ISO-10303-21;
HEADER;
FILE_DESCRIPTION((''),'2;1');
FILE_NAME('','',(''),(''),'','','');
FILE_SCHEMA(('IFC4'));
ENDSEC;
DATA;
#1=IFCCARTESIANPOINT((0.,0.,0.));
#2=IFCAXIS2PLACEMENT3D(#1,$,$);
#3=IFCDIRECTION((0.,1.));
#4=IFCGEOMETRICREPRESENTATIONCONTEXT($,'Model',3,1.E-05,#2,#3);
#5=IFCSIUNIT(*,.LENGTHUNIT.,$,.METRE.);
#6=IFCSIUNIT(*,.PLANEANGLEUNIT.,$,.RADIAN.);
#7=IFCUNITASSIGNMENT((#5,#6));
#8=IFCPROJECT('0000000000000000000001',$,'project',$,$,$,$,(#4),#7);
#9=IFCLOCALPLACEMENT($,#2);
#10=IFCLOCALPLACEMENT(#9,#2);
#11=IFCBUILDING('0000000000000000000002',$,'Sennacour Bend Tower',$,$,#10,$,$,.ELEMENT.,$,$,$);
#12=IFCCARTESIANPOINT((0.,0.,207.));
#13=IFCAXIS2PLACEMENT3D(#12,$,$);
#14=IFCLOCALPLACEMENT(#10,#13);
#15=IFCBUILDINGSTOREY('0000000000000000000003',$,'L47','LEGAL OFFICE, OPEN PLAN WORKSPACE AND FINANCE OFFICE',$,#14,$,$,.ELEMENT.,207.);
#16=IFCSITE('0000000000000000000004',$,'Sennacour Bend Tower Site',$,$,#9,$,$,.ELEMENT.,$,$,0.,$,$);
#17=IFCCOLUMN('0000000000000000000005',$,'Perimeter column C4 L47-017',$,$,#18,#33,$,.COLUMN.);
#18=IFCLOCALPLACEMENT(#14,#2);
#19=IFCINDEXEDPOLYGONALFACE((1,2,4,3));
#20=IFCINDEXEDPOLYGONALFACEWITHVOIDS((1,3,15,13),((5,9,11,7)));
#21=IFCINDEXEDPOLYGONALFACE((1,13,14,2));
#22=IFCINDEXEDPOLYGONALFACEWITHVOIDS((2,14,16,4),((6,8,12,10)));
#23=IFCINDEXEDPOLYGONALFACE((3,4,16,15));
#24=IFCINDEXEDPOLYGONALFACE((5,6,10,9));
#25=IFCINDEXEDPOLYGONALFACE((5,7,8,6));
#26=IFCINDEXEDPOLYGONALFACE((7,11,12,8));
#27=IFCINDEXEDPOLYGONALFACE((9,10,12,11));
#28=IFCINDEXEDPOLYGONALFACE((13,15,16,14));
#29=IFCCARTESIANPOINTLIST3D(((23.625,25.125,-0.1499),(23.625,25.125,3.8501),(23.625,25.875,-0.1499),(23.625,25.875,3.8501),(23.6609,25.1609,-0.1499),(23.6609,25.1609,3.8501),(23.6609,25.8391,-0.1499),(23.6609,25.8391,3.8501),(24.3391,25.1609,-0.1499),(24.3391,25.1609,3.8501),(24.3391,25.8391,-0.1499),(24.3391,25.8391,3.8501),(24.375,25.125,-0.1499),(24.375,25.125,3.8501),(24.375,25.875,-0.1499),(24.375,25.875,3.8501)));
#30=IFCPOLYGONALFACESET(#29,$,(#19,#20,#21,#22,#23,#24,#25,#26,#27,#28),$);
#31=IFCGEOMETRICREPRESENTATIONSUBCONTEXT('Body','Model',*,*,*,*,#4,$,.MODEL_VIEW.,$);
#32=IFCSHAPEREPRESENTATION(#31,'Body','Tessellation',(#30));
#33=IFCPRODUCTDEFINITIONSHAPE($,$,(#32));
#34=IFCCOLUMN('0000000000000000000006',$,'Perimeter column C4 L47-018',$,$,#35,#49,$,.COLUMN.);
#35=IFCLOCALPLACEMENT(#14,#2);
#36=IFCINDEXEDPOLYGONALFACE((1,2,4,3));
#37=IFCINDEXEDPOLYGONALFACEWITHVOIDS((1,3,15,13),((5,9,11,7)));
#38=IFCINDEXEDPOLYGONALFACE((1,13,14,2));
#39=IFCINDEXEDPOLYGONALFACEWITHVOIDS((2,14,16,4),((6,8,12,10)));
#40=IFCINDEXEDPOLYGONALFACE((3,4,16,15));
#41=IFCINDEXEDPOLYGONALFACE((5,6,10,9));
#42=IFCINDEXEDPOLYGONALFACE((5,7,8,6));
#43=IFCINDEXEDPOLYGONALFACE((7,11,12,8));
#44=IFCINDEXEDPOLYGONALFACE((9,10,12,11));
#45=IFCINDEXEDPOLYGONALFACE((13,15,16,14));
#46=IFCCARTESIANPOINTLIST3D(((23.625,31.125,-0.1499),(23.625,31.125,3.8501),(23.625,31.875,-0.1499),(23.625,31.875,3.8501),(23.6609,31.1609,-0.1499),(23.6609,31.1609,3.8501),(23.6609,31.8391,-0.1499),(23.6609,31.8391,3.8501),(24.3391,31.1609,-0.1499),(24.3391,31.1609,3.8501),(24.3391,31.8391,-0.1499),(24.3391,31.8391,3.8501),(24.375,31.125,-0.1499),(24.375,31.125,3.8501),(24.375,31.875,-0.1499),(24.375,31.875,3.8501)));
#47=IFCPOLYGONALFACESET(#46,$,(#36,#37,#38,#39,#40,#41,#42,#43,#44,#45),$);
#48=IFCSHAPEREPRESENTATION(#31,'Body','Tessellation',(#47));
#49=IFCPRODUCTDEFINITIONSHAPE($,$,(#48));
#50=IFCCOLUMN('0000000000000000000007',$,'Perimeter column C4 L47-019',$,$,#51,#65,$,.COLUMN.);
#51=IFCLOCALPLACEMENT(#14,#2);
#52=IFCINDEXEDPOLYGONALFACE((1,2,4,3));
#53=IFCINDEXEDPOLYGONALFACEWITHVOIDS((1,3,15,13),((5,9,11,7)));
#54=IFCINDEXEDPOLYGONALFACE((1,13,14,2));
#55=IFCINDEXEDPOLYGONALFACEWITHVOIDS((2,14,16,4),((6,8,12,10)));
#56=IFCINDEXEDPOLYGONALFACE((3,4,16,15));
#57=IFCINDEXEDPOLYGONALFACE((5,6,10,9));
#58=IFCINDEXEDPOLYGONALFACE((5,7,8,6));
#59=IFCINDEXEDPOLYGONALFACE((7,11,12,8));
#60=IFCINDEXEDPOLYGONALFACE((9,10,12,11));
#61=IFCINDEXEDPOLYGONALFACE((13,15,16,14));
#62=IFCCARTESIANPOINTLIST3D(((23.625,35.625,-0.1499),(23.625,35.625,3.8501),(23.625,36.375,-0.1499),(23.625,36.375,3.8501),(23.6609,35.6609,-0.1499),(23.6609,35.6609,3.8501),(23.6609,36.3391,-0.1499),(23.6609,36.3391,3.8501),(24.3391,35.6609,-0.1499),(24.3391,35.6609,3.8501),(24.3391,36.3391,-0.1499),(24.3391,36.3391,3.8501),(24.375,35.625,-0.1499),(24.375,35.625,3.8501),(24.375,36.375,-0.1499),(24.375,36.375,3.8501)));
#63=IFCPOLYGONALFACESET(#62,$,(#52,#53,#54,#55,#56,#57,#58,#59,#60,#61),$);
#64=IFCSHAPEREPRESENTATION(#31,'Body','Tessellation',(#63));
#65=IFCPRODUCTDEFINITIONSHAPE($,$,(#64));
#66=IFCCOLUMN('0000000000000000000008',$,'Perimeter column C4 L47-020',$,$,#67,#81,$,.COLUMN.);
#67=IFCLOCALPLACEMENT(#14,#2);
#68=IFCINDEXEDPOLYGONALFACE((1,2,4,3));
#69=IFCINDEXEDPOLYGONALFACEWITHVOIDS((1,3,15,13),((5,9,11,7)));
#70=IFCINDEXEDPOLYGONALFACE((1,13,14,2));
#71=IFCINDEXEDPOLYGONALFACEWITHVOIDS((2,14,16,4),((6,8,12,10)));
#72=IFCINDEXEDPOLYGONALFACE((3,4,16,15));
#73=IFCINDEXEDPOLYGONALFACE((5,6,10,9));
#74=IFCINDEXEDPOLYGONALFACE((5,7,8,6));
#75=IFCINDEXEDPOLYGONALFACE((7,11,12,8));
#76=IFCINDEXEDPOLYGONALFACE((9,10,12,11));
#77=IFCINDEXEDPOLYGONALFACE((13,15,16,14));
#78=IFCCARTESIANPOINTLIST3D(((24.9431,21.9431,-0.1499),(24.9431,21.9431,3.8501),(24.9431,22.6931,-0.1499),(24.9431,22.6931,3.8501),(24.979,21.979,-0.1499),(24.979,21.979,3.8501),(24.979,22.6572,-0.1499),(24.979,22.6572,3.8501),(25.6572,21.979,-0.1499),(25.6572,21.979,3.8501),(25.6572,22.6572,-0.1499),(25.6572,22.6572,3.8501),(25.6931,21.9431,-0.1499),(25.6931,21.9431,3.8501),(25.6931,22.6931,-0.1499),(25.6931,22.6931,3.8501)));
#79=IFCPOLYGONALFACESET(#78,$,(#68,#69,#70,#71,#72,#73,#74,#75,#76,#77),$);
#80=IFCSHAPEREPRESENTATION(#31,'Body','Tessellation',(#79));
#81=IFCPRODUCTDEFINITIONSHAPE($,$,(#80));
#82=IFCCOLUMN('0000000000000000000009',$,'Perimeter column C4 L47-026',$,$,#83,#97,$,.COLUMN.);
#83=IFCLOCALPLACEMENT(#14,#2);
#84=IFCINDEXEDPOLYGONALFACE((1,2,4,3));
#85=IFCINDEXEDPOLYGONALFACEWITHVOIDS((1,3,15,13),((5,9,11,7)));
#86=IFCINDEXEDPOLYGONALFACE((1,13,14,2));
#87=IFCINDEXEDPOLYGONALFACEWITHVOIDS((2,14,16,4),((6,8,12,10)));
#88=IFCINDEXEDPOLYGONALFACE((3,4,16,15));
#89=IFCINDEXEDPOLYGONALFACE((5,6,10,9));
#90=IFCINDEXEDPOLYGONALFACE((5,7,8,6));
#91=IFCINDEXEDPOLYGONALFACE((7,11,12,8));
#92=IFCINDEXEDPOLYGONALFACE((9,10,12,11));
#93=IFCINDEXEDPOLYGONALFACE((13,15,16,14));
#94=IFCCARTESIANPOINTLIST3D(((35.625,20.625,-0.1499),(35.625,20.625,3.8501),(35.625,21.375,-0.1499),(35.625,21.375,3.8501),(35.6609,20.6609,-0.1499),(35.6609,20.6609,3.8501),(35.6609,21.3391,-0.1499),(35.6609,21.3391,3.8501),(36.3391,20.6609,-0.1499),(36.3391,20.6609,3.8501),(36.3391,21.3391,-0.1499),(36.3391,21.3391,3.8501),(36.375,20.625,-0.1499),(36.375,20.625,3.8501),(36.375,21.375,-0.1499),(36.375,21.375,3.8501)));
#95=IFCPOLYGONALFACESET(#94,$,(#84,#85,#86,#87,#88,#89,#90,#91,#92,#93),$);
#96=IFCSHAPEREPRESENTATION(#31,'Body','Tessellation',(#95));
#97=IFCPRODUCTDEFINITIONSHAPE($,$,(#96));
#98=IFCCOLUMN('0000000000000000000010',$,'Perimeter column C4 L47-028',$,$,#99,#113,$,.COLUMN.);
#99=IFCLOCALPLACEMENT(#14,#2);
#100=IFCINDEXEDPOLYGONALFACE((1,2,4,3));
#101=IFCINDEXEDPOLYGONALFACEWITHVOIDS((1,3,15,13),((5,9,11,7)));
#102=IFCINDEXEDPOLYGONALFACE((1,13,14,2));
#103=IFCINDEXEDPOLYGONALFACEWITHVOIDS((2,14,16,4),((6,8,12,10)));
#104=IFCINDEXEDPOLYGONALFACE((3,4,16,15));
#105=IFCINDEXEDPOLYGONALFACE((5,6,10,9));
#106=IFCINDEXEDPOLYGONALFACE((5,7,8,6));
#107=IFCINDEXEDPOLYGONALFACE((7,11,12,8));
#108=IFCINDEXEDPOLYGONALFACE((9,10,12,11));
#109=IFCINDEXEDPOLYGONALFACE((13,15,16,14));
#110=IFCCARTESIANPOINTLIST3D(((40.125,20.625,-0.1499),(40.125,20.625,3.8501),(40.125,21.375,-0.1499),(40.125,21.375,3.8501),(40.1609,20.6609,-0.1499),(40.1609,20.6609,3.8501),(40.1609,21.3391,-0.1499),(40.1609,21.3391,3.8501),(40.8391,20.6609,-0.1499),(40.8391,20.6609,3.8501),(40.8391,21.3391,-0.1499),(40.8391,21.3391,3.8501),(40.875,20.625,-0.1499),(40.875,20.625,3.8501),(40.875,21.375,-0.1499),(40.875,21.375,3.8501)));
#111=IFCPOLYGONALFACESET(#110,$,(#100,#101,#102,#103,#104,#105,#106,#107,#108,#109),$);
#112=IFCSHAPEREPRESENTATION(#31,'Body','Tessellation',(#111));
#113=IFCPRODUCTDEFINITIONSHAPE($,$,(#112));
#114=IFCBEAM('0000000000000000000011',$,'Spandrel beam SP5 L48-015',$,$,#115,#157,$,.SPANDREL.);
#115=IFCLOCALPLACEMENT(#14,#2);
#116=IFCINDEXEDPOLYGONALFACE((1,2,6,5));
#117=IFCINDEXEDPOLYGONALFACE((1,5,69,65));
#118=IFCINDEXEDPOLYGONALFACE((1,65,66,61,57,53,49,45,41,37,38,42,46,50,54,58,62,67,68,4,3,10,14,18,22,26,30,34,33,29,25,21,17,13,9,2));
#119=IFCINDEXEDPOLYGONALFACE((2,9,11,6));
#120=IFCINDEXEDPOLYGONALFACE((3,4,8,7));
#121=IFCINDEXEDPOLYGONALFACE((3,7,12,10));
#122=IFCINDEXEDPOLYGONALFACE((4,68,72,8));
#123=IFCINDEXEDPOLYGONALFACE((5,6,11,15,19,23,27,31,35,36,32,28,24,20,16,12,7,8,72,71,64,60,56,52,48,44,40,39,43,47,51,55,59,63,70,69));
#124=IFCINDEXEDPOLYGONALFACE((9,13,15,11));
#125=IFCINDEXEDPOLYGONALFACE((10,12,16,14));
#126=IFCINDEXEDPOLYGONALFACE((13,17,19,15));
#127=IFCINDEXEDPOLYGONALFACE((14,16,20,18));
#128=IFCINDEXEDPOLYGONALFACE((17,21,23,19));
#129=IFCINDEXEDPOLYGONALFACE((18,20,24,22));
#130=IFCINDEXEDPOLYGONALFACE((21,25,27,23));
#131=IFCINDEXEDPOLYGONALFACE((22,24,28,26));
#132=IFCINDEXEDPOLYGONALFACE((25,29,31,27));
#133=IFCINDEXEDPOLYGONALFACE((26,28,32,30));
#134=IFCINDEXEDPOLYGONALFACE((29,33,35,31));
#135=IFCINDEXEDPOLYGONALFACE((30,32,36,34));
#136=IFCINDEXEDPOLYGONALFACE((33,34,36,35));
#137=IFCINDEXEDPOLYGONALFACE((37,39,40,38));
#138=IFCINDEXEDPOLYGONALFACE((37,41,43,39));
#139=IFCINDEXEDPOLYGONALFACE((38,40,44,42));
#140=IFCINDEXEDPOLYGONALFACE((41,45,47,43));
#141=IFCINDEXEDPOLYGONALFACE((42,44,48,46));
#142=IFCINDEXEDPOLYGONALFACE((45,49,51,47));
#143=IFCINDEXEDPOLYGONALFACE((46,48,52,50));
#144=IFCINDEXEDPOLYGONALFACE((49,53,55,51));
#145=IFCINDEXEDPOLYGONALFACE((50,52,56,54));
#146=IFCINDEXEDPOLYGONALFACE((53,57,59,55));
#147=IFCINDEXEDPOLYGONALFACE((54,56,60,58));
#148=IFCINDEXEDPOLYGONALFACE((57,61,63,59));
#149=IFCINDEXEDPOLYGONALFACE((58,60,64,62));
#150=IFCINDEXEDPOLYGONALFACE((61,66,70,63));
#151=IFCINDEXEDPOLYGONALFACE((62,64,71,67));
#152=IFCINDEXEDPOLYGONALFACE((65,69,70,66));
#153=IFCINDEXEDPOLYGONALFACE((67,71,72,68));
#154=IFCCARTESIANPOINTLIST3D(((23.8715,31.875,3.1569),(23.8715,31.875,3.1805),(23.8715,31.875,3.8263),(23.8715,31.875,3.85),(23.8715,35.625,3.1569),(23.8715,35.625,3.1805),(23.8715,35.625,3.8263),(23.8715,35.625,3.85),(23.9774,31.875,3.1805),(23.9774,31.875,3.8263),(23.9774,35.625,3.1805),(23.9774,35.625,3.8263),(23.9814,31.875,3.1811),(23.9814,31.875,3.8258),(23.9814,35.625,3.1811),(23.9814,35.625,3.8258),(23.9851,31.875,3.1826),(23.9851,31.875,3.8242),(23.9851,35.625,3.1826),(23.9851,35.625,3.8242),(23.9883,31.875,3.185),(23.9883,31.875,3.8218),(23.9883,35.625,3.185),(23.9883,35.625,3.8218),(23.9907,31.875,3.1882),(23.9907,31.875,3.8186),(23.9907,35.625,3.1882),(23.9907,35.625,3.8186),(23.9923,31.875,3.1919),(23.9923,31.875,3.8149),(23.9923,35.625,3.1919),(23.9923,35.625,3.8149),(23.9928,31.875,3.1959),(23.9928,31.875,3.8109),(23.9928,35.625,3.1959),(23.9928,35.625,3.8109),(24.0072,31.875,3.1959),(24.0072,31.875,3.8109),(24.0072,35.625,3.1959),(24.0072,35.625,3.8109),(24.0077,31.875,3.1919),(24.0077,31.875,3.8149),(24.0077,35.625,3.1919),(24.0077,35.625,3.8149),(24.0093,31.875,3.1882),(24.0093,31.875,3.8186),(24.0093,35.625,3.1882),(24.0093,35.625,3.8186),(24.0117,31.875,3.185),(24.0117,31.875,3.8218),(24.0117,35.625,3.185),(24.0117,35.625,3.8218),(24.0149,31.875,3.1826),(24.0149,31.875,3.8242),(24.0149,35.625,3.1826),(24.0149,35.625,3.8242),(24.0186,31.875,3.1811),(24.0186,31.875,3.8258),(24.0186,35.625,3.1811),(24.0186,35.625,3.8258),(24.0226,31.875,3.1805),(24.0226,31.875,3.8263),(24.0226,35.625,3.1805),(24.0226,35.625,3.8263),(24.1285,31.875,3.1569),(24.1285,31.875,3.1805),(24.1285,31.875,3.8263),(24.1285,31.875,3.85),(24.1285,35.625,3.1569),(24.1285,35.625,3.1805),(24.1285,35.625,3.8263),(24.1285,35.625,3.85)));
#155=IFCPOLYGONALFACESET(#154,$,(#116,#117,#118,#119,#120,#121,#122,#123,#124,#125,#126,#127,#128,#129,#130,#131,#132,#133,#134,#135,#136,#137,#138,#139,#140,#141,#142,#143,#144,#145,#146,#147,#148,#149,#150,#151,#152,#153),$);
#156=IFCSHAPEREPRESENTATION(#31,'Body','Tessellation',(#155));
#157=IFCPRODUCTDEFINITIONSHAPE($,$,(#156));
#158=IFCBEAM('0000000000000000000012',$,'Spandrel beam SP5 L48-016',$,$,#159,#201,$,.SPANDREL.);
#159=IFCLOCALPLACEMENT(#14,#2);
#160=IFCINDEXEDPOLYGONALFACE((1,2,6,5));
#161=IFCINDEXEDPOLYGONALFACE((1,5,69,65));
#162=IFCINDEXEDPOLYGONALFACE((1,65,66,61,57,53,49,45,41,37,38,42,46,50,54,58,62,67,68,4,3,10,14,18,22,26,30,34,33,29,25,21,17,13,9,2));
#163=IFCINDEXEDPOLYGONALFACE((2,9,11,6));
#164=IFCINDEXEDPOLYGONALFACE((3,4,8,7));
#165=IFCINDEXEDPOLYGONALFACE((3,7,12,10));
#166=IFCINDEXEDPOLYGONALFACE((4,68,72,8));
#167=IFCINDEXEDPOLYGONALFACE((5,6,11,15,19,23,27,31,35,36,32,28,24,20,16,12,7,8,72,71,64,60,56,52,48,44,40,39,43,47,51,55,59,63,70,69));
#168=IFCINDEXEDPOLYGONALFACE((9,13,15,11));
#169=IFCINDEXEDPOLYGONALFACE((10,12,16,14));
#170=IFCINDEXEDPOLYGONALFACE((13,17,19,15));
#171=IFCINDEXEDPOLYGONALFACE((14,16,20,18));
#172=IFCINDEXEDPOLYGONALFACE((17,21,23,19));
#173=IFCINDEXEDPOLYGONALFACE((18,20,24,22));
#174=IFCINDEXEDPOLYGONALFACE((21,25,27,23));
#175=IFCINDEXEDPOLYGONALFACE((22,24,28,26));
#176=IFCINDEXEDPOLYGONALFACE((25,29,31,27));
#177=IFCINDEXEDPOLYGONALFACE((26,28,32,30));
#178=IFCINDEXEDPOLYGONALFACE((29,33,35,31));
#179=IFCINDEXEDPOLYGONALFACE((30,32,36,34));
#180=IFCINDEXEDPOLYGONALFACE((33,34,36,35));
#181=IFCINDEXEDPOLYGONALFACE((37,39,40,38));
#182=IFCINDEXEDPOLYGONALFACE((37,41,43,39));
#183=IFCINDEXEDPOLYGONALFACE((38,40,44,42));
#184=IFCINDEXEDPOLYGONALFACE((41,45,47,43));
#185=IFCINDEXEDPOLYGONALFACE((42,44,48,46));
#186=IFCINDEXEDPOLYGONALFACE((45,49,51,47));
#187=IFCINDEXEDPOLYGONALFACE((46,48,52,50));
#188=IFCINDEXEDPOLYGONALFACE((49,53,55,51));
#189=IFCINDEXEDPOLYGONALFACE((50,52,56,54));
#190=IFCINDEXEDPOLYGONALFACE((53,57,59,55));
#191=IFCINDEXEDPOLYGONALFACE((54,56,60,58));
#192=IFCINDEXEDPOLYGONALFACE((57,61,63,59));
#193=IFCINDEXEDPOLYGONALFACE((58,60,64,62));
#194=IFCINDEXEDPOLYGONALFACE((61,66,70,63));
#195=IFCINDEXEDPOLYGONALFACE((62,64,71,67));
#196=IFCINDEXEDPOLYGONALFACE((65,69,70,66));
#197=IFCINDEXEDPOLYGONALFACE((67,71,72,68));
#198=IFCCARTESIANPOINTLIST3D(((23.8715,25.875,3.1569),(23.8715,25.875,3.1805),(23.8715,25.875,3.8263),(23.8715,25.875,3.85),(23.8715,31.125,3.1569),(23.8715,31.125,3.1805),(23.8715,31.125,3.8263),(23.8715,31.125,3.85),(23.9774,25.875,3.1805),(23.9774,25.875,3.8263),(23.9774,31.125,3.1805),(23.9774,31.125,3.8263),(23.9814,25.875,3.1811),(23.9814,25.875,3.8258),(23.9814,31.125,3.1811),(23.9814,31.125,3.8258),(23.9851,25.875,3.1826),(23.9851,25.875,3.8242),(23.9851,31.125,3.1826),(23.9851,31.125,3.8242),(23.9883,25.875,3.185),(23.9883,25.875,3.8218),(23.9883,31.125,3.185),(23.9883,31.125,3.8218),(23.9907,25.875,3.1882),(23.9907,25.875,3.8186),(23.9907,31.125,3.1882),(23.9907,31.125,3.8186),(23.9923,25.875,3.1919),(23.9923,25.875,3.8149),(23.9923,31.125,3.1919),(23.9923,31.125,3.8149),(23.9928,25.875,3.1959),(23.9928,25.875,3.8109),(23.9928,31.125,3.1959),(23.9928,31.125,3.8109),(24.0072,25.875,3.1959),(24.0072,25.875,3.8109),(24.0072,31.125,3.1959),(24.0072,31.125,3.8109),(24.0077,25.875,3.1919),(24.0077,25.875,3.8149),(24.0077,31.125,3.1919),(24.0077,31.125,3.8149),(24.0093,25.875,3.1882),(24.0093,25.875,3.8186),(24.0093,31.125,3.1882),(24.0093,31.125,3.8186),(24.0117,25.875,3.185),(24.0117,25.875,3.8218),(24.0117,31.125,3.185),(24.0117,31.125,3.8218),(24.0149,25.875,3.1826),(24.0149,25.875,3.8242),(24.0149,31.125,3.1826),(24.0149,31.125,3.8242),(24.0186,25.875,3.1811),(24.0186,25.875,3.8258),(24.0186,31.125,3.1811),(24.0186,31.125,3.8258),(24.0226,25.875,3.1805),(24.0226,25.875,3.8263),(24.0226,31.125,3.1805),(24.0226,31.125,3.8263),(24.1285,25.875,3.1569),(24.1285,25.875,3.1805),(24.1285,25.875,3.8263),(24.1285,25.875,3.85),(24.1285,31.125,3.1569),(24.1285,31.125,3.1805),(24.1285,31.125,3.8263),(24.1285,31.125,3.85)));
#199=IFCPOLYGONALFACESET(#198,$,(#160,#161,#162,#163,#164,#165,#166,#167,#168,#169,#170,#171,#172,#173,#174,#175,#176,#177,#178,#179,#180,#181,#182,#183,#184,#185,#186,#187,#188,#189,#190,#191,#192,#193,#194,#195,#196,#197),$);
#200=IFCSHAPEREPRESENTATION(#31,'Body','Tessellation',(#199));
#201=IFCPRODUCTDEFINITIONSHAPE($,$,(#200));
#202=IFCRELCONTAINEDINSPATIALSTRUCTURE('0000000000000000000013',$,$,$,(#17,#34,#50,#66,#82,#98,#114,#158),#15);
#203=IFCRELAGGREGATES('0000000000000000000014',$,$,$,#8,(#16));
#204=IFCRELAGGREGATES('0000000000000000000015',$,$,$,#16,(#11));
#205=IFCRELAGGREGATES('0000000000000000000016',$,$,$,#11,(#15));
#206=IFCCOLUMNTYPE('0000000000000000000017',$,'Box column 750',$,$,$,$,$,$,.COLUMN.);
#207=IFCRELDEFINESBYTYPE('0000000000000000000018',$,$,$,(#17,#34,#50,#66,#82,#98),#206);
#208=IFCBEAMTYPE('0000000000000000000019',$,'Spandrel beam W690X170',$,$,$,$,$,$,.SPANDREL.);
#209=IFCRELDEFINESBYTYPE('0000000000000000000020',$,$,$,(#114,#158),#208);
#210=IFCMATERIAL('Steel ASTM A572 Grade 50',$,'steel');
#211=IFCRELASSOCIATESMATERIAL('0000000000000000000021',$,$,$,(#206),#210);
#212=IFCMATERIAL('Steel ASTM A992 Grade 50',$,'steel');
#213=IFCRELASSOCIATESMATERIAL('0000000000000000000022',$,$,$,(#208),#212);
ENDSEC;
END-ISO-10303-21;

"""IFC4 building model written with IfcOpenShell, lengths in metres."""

from ifc_helpers import new_model, si_unit, direction, frame, origin, origin_2d, place, context, subcontext, project, spatial, hollow_rectangle, i_section, extrude, material, material_profile, profile_set, type_object, element, save


model = new_model("IFC4")

# Units and contexts
model_context = context("Model", 3, precision=1e-05, world=origin(), true_north=direction((0.0, 1.0)))
body_context = subcontext(model_context, "Body", "Model", "MODEL_VIEW")
ifc_project = project(units=[si_unit("LENGTHUNIT", "METRE"), si_unit("PLANEANGLEUNIT", "RADIAN")], contexts=[model_context])

# Site, building, storey
site_placement = place(None, origin())
site = spatial("IfcSite", under=ifc_project, at=site_placement, Name="Sennacour Bend Tower Site", CompositionType="ELEMENT", RefElevation=0.0)
building_placement = place(site_placement, origin())
building = spatial("IfcBuilding", under=site, at=building_placement, Name="Sennacour Bend Tower", CompositionType="ELEMENT")
storey_placement = place(building_placement, frame((0.0, 0.0, 207.0)))
storey = spatial("IfcBuildingStorey", under=building, at=storey_placement, Name="L47", Description="LEGAL OFFICE, OPEN PLAN WORKSPACE AND FINANCE OFFICE", CompositionType="ELEMENT", Elevation=207.0)

# Columns
ifc_material_1 = material(Name="Steel ASTM A572 Grade 50", Category="steel")
ifc_material_profile_1 = material_profile(ifc_material_1, hollow_rectangle(XDim=0.75, YDim=0.75, WallThickness=0.0359, at=origin_2d()), Name="Steel ASTM A572 Grade 50", Category="steel")
ifc_profile_set_1 = profile_set([ifc_material_profile_1], Name="Steel ASTM A572 Grade 50")
column_type = type_object("IfcColumnType", Name="Box column 750", PredefinedType="COLUMN", material=ifc_profile_set_1)
for number, where, z_axis, x_axis, name in (
    (1, (24.0, 25.5, -0.1499), (0.0, 0.0, 1.0), (1.0, 0.0, 0.0), "Perimeter column C4 L47-017"),
    (2, (24.0, 31.5, -0.1499), (0.0, 0.0, 1.0), (1.0, 0.0, 0.0), "Perimeter column C4 L47-018"),
    (3, (24.0, 36.0, -0.1499), (0.0, 0.0, 1.0), (1.0, 0.0, 0.0), "Perimeter column C4 L47-019"),
    (4, (25.3181, 22.3181, -0.1499), (0.0, 0.0, 1.0), (1.0, 0.0, 0.0), "Perimeter column C4 L47-020"),
    (5, (36.0, 21.0, -0.1499), (0.0, 0.0, 1.0), (1.0, 0.0, 0.0), "Perimeter column C4 L47-026"),
    (6, (40.5, 21.0, -0.1499), (0.0, 0.0, 1.0), (1.0, 0.0, 0.0), "Perimeter column C4 L47-028"),
):
    element("IfcColumn", number, at=place(storey_placement, frame(where, z_axis=z_axis, x_axis=x_axis)), inside=storey, type_object=column_type, Name=name, PredefinedType="COLUMN", context=body_context, shape_type="SweptSolid", body=[
        extrude(hollow_rectangle(XDim=0.75, YDim=0.75, WallThickness=0.0359, at=origin_2d()), origin(), (0.0, 0.0, 1.0), 4.0),
    ])

# Beams
ifc_material_2 = material(Name="Steel ASTM A992 Grade 50", Category="steel")
ifc_material_profile_2 = material_profile(ifc_material_2, i_section(OverallWidth=0.2571, OverallDepth=0.6931, WebThickness=0.0144, FlangeThickness=0.0237, FilletRadius=0.0154, at=origin_2d()), Name="Steel ASTM A992 Grade 50", Category="steel")
ifc_profile_set_2 = profile_set([ifc_material_profile_2], Name="Steel ASTM A992 Grade 50")
beam_type = type_object("IfcBeamType", Name="Spandrel beam W690X170", PredefinedType="SPANDREL", material=ifc_profile_set_2)
beam_1_placement = place(storey_placement, frame((24.0, 35.625, 3.5034), z_axis=(0.0, -1.0, 0.0), x_axis=(1.0, 0.0, 0.0)))
element("IfcBeam", 7, at=beam_1_placement, inside=storey, type_object=beam_type, Name="Spandrel beam SP5 L48-015", PredefinedType="SPANDREL", context=body_context, shape_type="SweptSolid", body=[
    extrude(i_section(OverallWidth=0.2571, OverallDepth=0.6931, WebThickness=0.0144, FlangeThickness=0.0237, FilletRadius=0.0154, at=origin_2d()), origin(), (0.0, 0.0, 1.0), 3.75),
])
beam_2_placement = place(storey_placement, frame((24.0, 31.125, 3.5034), z_axis=(0.0, -1.0, 0.0), x_axis=(1.0, 0.0, 0.0)))
element("IfcBeam", 8, at=beam_2_placement, inside=storey, type_object=beam_type, Name="Spandrel beam SP5 L48-016", PredefinedType="SPANDREL", context=body_context, shape_type="SweptSolid", body=[
    extrude(i_section(OverallWidth=0.2571, OverallDepth=0.6931, WebThickness=0.0144, FlangeThickness=0.0237, FilletRadius=0.0154, at=origin_2d()), origin(), (0.0, 0.0, 1.0), 5.25),
])

save(model, "model.ifc")
